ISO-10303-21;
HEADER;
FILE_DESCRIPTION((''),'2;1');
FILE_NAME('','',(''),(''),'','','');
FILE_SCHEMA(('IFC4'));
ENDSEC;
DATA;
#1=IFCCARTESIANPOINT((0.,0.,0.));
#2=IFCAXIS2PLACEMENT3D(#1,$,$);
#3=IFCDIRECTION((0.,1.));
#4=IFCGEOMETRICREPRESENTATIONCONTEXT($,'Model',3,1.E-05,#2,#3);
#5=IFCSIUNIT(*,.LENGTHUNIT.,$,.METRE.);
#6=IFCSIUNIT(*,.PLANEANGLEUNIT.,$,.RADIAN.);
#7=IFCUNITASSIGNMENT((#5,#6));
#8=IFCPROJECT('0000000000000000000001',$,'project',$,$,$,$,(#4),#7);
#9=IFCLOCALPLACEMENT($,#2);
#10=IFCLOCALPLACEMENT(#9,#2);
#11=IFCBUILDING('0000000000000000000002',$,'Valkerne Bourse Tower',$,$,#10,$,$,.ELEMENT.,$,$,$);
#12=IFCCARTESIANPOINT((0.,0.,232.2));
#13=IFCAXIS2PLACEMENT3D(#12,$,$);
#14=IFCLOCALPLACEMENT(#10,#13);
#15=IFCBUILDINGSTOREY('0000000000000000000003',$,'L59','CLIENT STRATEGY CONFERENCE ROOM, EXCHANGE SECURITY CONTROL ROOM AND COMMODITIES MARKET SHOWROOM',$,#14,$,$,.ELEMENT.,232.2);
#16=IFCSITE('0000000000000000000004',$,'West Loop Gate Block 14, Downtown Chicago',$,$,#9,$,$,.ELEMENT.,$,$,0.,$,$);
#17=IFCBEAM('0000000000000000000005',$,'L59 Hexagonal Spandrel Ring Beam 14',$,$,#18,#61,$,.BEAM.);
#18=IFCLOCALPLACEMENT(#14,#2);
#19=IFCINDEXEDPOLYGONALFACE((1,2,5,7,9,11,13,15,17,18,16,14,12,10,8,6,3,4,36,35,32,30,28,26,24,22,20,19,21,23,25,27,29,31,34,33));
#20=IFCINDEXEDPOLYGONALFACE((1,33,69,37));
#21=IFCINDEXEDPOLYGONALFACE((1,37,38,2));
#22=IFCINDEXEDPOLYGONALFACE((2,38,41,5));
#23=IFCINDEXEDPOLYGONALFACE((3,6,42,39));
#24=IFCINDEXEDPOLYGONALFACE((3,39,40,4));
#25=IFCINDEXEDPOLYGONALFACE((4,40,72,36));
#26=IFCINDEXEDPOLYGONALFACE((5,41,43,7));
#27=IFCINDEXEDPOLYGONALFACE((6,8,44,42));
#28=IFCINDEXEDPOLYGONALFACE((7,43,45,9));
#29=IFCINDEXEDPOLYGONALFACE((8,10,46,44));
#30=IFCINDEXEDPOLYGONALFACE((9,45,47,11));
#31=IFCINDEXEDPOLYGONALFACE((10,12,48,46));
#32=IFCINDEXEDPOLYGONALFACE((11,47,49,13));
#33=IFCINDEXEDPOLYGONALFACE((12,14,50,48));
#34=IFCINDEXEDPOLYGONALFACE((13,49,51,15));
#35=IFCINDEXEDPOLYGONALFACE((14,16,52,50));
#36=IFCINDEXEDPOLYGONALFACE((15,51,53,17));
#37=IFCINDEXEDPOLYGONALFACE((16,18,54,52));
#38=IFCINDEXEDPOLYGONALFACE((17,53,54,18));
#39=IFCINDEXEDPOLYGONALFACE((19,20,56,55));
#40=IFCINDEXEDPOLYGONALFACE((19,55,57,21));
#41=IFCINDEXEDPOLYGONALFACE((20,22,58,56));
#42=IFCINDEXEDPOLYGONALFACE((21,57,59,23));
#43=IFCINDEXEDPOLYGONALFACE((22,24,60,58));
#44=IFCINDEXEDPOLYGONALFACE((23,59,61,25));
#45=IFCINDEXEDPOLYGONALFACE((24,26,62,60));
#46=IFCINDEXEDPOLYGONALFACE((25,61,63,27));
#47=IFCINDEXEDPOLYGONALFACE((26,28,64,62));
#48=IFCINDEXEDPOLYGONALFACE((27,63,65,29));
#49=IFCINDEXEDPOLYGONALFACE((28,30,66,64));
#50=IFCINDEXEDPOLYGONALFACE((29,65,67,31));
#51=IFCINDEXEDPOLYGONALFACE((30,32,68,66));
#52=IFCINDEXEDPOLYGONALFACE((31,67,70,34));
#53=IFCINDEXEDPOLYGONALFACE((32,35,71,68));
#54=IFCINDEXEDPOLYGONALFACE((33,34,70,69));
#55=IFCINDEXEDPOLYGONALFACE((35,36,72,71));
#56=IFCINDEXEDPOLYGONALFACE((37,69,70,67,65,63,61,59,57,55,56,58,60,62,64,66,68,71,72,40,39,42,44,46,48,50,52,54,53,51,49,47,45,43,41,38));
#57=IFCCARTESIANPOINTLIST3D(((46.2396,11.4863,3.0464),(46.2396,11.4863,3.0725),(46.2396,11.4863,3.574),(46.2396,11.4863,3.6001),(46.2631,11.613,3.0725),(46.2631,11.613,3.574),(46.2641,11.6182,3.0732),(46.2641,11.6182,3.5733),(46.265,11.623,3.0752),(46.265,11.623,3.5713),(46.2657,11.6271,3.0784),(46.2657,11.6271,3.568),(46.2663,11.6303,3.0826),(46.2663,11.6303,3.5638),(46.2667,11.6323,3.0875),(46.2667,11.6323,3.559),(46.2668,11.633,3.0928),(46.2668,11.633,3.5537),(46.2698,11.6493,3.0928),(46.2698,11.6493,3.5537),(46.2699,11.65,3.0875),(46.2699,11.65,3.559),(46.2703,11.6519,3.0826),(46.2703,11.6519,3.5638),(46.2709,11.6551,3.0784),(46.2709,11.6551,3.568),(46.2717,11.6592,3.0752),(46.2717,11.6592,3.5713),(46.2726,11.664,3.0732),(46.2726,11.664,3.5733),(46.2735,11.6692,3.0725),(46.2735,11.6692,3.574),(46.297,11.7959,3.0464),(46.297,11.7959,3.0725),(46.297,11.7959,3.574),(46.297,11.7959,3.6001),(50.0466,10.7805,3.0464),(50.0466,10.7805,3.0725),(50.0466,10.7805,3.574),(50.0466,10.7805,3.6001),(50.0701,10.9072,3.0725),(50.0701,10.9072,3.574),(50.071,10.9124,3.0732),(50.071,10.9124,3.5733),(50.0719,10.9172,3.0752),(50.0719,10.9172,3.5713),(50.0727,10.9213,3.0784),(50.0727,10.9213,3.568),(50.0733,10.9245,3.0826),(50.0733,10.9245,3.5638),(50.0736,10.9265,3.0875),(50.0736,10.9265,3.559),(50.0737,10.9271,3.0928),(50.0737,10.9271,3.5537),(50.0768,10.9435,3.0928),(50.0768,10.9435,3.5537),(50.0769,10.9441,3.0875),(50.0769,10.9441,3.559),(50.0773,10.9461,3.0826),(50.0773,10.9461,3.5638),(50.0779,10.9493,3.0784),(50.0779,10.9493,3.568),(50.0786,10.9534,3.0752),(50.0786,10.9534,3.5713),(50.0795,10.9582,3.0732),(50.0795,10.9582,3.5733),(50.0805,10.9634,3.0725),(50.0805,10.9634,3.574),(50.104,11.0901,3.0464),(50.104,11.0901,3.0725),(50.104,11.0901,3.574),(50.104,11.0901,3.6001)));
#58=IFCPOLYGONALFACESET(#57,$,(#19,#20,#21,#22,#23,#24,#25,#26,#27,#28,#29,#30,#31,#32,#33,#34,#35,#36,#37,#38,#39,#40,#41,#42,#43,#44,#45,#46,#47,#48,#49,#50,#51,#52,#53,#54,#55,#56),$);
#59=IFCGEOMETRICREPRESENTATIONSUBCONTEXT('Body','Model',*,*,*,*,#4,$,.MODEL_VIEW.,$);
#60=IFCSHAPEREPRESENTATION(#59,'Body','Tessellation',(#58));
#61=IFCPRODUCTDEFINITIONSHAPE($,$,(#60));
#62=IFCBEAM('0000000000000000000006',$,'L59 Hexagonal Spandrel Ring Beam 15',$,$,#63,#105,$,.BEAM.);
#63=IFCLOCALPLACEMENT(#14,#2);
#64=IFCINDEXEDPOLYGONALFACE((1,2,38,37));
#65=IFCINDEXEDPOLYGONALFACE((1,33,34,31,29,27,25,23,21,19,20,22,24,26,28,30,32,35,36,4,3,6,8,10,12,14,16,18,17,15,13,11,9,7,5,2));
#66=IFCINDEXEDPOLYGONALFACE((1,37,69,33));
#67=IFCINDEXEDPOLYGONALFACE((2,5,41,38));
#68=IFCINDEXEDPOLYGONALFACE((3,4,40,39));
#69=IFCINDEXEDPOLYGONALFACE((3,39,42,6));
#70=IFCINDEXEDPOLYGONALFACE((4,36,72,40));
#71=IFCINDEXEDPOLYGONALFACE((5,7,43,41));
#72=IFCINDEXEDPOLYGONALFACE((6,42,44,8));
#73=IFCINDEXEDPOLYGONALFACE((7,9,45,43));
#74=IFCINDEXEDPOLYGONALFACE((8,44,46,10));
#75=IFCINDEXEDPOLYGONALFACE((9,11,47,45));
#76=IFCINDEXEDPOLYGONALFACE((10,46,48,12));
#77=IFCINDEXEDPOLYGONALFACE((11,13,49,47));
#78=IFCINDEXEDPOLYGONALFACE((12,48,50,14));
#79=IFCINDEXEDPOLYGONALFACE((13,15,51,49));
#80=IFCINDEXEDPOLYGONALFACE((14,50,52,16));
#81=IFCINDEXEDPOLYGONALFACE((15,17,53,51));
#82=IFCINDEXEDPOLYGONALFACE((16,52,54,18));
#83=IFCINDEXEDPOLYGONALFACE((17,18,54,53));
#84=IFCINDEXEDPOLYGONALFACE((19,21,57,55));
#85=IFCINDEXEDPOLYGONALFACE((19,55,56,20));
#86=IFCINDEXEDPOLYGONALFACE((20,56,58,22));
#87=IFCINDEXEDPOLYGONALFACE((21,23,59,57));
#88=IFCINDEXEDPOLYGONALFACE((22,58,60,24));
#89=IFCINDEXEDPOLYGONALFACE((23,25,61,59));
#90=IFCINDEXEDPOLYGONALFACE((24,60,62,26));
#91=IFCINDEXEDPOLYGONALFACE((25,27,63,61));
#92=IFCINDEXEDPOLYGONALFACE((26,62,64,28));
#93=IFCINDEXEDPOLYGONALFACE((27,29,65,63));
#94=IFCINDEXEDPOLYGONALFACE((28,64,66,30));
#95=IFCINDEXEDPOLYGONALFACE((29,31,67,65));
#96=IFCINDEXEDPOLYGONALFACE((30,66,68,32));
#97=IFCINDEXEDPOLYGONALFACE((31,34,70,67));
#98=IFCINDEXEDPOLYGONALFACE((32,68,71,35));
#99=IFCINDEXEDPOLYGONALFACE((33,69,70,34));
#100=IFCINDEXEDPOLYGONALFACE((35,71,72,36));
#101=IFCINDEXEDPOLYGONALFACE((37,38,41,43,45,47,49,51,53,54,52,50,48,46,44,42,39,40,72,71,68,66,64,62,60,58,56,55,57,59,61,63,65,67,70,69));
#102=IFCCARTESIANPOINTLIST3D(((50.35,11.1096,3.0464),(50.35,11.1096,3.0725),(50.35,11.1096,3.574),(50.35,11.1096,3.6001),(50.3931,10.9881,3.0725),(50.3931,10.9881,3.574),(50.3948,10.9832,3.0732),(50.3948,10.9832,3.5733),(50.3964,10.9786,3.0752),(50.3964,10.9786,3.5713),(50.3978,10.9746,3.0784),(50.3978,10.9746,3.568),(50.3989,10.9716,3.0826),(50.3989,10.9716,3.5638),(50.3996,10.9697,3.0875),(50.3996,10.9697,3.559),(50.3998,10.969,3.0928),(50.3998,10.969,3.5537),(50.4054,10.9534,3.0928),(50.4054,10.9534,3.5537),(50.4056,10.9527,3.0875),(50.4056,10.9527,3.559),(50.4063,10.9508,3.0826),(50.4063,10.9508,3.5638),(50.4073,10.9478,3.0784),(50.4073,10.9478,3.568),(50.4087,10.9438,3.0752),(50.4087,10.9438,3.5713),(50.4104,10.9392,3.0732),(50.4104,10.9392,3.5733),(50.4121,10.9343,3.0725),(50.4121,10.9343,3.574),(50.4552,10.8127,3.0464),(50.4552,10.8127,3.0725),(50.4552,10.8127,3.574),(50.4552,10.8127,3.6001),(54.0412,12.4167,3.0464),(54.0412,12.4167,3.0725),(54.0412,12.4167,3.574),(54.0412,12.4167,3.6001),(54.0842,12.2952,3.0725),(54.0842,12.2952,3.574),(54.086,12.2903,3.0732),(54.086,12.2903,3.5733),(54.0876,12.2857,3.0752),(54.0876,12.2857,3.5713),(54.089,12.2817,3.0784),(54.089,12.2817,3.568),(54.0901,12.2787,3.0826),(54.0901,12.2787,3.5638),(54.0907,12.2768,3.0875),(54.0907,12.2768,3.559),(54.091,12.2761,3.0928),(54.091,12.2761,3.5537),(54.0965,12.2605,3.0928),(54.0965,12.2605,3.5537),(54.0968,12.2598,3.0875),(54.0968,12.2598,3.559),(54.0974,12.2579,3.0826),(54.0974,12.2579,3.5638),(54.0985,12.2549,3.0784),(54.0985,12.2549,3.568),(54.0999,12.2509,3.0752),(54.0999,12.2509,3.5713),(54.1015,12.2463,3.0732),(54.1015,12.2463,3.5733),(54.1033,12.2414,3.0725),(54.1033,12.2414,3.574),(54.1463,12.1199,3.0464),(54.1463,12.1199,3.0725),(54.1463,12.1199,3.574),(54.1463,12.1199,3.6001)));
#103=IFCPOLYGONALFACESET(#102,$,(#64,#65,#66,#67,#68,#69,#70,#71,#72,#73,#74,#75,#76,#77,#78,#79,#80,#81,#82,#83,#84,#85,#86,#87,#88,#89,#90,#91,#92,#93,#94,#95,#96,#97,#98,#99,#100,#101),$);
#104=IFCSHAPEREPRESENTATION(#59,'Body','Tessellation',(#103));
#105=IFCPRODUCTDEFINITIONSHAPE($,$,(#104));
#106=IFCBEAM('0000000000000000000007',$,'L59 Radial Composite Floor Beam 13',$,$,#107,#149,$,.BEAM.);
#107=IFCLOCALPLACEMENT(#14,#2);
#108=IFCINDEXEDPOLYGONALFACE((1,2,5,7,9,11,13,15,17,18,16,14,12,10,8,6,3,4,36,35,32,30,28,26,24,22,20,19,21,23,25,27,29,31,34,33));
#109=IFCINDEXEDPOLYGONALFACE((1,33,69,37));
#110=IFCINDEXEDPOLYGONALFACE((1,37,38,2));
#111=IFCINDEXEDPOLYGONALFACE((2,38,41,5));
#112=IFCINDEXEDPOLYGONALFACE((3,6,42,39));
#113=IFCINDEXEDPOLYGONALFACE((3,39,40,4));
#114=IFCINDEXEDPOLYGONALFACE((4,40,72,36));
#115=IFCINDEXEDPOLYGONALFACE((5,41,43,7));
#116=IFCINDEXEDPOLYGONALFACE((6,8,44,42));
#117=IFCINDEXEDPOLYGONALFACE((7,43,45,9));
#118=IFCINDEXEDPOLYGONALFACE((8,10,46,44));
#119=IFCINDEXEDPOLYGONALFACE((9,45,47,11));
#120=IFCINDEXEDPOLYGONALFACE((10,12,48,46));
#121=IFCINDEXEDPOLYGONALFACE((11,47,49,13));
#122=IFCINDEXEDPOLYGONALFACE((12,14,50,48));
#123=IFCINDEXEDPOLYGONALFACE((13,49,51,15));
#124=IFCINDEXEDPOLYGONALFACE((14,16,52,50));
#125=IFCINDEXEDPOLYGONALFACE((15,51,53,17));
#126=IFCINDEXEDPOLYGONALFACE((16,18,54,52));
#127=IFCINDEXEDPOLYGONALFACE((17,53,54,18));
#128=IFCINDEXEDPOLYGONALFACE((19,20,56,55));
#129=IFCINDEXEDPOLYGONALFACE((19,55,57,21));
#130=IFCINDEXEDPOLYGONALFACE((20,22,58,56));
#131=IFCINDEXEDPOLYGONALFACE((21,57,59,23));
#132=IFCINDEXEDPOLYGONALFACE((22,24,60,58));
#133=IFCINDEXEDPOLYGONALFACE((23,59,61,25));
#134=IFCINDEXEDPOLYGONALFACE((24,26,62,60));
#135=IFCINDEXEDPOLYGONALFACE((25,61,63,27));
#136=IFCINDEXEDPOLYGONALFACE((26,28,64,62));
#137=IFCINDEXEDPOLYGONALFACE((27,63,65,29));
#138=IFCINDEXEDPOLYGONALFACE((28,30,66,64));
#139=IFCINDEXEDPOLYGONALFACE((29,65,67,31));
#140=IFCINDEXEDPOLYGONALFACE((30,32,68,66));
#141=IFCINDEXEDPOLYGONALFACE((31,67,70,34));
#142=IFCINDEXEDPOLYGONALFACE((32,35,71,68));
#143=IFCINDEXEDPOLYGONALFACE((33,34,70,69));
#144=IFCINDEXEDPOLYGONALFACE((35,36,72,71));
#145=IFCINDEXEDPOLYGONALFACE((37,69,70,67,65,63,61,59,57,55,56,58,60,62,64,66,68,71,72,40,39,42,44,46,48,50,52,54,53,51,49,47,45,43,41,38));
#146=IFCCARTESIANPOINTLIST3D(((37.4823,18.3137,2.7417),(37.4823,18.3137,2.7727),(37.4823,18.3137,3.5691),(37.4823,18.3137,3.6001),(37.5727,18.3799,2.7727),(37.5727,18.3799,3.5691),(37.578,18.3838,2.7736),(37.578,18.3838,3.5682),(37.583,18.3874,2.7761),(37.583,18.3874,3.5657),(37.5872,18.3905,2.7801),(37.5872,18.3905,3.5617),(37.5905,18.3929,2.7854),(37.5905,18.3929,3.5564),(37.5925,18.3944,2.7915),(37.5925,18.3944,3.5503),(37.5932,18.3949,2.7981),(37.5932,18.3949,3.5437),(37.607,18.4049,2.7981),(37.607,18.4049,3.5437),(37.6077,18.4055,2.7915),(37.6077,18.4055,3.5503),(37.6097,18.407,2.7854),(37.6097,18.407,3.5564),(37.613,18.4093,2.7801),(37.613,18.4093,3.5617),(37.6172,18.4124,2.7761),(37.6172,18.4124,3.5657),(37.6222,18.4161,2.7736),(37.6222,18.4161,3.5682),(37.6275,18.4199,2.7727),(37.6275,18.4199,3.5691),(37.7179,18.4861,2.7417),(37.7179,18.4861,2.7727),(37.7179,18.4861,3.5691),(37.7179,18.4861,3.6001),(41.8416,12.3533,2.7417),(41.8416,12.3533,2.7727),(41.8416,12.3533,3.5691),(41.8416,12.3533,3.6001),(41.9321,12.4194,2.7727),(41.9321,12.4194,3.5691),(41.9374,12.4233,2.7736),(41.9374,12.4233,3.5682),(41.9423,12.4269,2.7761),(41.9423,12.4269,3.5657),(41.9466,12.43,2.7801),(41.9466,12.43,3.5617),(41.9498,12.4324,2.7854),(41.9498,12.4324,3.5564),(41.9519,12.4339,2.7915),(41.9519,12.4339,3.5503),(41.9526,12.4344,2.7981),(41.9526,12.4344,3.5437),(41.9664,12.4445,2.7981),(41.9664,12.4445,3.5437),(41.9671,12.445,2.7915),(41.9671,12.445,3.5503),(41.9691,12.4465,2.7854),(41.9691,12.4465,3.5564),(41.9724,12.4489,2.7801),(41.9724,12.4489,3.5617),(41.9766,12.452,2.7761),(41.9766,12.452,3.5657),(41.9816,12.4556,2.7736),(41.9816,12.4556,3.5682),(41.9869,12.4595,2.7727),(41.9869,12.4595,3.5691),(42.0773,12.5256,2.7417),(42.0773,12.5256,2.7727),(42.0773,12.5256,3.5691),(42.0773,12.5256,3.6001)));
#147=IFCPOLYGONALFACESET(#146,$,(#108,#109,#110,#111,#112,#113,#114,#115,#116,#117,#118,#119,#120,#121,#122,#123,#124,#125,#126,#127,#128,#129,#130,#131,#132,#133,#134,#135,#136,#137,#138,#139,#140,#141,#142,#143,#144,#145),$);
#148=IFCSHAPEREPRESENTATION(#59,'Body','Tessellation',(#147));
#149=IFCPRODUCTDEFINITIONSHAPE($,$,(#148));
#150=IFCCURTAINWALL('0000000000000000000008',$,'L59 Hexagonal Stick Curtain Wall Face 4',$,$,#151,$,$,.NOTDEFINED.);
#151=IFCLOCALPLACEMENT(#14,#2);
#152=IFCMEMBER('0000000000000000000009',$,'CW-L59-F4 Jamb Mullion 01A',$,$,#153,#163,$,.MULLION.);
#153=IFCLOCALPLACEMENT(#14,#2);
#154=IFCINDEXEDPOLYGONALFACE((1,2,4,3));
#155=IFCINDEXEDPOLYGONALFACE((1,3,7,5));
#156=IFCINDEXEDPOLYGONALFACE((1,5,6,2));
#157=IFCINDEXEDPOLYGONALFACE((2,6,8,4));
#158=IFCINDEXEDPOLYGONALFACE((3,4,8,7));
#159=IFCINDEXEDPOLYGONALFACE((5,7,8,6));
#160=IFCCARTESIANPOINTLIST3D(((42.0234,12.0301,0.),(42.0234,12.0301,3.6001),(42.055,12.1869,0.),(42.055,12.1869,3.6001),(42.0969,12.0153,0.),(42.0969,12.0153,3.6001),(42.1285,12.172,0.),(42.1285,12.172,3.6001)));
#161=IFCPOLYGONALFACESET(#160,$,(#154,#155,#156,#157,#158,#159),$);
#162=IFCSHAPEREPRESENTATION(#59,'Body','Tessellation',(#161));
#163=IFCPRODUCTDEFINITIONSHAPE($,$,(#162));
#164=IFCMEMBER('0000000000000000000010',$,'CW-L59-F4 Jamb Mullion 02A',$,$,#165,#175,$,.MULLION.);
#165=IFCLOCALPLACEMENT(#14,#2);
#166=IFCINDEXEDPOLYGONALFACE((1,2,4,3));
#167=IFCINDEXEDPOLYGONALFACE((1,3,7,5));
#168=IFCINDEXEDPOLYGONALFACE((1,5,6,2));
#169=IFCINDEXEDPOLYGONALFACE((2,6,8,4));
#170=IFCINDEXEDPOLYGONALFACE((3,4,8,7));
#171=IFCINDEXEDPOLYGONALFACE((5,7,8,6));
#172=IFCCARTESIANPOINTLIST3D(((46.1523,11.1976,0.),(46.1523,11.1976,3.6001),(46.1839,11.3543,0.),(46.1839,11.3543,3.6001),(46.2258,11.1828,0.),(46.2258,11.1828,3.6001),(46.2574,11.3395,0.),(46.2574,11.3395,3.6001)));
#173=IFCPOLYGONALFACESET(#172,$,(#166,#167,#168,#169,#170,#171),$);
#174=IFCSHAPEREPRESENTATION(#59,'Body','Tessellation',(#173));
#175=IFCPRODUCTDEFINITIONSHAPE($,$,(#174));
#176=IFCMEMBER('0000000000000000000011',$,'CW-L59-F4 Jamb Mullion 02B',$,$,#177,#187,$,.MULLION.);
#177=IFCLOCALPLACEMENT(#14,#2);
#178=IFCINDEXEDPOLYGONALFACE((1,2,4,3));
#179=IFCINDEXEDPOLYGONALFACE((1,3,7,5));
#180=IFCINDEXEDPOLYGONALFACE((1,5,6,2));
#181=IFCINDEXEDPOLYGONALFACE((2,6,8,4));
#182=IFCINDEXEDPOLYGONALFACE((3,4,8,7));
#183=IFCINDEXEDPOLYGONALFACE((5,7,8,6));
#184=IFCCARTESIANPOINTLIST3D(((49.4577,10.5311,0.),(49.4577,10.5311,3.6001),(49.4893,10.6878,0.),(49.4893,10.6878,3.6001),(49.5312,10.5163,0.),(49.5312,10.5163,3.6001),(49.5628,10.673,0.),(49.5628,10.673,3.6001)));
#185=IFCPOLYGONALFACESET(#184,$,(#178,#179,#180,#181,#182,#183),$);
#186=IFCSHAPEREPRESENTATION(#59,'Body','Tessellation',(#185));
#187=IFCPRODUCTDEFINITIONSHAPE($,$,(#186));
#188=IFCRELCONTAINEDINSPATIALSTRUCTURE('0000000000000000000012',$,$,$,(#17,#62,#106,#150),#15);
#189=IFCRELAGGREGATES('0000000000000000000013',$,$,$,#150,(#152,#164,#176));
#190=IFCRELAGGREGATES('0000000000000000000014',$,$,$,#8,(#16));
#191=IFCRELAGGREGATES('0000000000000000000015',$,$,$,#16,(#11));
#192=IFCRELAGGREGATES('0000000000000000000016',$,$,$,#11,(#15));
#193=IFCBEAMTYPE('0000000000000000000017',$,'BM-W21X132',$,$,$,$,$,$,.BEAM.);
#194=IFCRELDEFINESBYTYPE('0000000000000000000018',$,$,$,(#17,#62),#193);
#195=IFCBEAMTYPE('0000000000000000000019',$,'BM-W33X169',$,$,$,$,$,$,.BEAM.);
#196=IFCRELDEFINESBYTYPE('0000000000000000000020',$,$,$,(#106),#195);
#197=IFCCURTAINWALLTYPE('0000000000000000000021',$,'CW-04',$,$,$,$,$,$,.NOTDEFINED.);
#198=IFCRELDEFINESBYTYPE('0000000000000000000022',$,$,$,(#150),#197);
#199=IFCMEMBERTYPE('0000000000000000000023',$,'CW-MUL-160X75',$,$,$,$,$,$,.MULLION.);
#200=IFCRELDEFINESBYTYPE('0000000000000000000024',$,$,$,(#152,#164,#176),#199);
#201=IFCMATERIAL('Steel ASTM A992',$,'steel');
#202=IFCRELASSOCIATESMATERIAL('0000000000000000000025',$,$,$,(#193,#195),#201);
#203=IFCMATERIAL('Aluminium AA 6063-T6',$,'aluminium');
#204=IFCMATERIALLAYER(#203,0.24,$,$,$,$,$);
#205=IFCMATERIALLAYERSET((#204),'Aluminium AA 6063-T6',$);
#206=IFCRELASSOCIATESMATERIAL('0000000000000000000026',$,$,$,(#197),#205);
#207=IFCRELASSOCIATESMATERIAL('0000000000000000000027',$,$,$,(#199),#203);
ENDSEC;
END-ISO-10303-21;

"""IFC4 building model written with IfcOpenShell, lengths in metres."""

from ifc_helpers import new_model, si_unit, direction, frame, origin, origin_2d, place, context, subcontext, project, spatial, rectangle, i_section, extrude, material, layer, layer_set, material_profile, profile_set, type_object, element, aggregate, save


model = new_model("IFC4")

# Units and contexts
model_context = context("Model", 3, precision=1e-05, world=origin(), true_north=direction((0.0, 1.0)))
body_context = subcontext(model_context, "Body", "Model", "MODEL_VIEW")
ifc_project = project(units=[si_unit("LENGTHUNIT", "METRE"), si_unit("PLANEANGLEUNIT", "RADIAN")], contexts=[model_context])

# Site, building, storey
site_placement = place(None, origin())
site = spatial("IfcSite", under=ifc_project, at=site_placement, Name="West Loop Gate Block 14, Downtown Chicago", CompositionType="ELEMENT", RefElevation=0.0)
building_placement = place(site_placement, origin())
building = spatial("IfcBuilding", under=site, at=building_placement, Name="Valkerne Bourse Tower", CompositionType="ELEMENT")
storey_placement = place(building_placement, frame((0.0, 0.0, 232.2)))
storey = spatial("IfcBuildingStorey", under=building, at=storey_placement, Name="L59", Description="CLIENT STRATEGY CONFERENCE ROOM, EXCHANGE SECURITY CONTROL ROOM AND COMMODITIES MARKET SHOWROOM", CompositionType="ELEMENT", Elevation=232.2)

# Beams
ifc_material_1 = material(Name="Steel ASTM A992", Category="steel")
ifc_material_profile_1 = material_profile(ifc_material_1, i_section(OverallWidth=0.3149, OverallDepth=0.5537, WebThickness=0.0166, FlangeThickness=0.0261, FilletRadius=0.0203, at=origin_2d()), Name="W21X132")
ifc_profile_set_1 = profile_set([ifc_material_profile_1], Name="Steel ASTM A992")
beam_type_1 = type_object("IfcBeamType", Name="BM-W21X132", PredefinedType="BEAM", material=ifc_profile_set_1)
beam_1_placement = place(storey_placement, frame((46.2683, 11.6411, 3.3232), z_axis=(0.983244, -0.182297, 0.0), x_axis=(0.182297, 0.983244, 0.0)))
element("IfcBeam", 1, at=beam_1_placement, inside=storey, type_object=beam_type_1, Name="L59 Hexagonal Spandrel Ring Beam 14", PredefinedType="BEAM", context=body_context, shape_type="SweptSolid", body=[
    extrude(i_section(OverallWidth=0.3149, OverallDepth=0.5537, WebThickness=0.0166, FlangeThickness=0.0261, FilletRadius=0.0203, at=origin_2d()), origin(), (0.0, 0.0, 1.0), 3.8718),
])
beam_2_placement = place(storey_placement, frame((50.4026, 10.9612, 3.3232), z_axis=(0.94264, 0.333811, 0.0), x_axis=(-0.333811, 0.94264, 0.0)))
element("IfcBeam", 2, at=beam_2_placement, inside=storey, type_object=beam_type_1, Name="L59 Hexagonal Spandrel Ring Beam 15", PredefinedType="BEAM", context=body_context, shape_type="SweptSolid", body=[
    extrude(i_section(OverallWidth=0.3149, OverallDepth=0.5537, WebThickness=0.0166, FlangeThickness=0.0261, FilletRadius=0.0203, at=origin_2d()), origin(), (0.0, 0.0, 1.0), 3.9158),
])
ifc_material_profile_2 = material_profile(ifc_material_1, i_section(OverallWidth=0.292, OverallDepth=0.8584, WebThickness=0.0171, FlangeThickness=0.031, FilletRadius=0.0254, at=origin_2d()), Name="W33X169")
ifc_profile_set_2 = profile_set([ifc_material_profile_2], Name="Steel ASTM A992")
beam_type_2 = type_object("IfcBeamType", Name="BM-W33X169", PredefinedType="BEAM", material=ifc_profile_set_2)
beam_3_placement = place(storey_placement, frame((41.9595, 12.4395, 3.1709), z_axis=(-0.59034, 0.807155, 0.0), x_axis=(-0.807155, -0.59034, 0.0)))
element("IfcBeam", 3, at=beam_3_placement, inside=storey, type_object=beam_type_2, Name="L59 Radial Composite Floor Beam 13", PredefinedType="BEAM", context=body_context, shape_type="SweptSolid", body=[
    extrude(i_section(OverallWidth=0.292, OverallDepth=0.8584, WebThickness=0.0171, FlangeThickness=0.031, FilletRadius=0.0254, at=origin_2d()), origin(), (0.0, 0.0, 1.0), 7.3845),
])

# Curtain wall, members
ifc_material_2 = material(Name="Aluminium AA 6063-T6", Category="aluminium")
ifc_layer_1 = layer(ifc_material_2, 0.24)
ifc_layer_set_1 = layer_set([ifc_layer_1], Name="Aluminium AA 6063-T6")
curtain_wall_type = type_object("IfcCurtainWallType", Name="CW-04", PredefinedType="NOTDEFINED", material=ifc_layer_set_1)
curtain_wall_placement = place(storey_placement, origin())
curtain_wall = element("IfcCurtainWall", 4, at=curtain_wall_placement, inside=storey, type_object=curtain_wall_type, Name="L59 Hexagonal Stick Curtain Wall Face 4", PredefinedType="NOTDEFINED")
ifc_material_profile_3 = material_profile(ifc_material_2, rectangle(XDim=0.075, YDim=0.1599, at=origin_2d()), Name="CWM-75X160")
ifc_profile_set_3 = profile_set([ifc_material_profile_3], Name="Aluminium AA 6063-T6")
member_type_1 = type_object("IfcMemberType", Name="CW-MUL-160X75", PredefinedType="MULLION", material=ifc_profile_set_3)
member_1_placement = place(storey_placement, frame((42.0759, 12.1011, 0.0), z_axis=(0.0, 0.0, 1.0), x_axis=(0.980268, -0.197673, 0.0)))
member_1 = element("IfcMember", 5, at=member_1_placement, type_object=member_type_1, Name="CW-L59-F4 Jamb Mullion 01A", PredefinedType="MULLION", context=body_context, shape_type="SweptSolid", body=[
    extrude(rectangle(XDim=0.075, YDim=0.1599, at=origin_2d()), origin(), (0.0, 0.0, 1.0), 3.6001),
])
member_2_placement = place(storey_placement, frame((46.2048, 11.2686, 0.0), z_axis=(0.0, 0.0, 1.0), x_axis=(0.980273, -0.19765, 0.0)))
member_2 = element("IfcMember", 6, at=member_2_placement, type_object=member_type_1, Name="CW-L59-F4 Jamb Mullion 02A", PredefinedType="MULLION", context=body_context, shape_type="SweptSolid", body=[
    extrude(rectangle(XDim=0.075, YDim=0.1599, at=origin_2d()), origin(), (0.0, 0.0, 1.0), 3.6001),
])
member_3_placement = place(storey_placement, frame((49.5103, 10.6021, 0.0), z_axis=(0.0, 0.0, 1.0), x_axis=(0.980273, -0.19765, 0.0)))
member_3 = element("IfcMember", 7, at=member_3_placement, type_object=member_type_1, Name="CW-L59-F4 Jamb Mullion 02B", PredefinedType="MULLION", context=body_context, shape_type="SweptSolid", body=[
    extrude(rectangle(XDim=0.075, YDim=0.1599, at=origin_2d()), origin(), (0.0, 0.0, 1.0), 3.6001),
])

aggregate(curtain_wall, [member_1, member_2, member_3])

save(model, "model.ifc")
